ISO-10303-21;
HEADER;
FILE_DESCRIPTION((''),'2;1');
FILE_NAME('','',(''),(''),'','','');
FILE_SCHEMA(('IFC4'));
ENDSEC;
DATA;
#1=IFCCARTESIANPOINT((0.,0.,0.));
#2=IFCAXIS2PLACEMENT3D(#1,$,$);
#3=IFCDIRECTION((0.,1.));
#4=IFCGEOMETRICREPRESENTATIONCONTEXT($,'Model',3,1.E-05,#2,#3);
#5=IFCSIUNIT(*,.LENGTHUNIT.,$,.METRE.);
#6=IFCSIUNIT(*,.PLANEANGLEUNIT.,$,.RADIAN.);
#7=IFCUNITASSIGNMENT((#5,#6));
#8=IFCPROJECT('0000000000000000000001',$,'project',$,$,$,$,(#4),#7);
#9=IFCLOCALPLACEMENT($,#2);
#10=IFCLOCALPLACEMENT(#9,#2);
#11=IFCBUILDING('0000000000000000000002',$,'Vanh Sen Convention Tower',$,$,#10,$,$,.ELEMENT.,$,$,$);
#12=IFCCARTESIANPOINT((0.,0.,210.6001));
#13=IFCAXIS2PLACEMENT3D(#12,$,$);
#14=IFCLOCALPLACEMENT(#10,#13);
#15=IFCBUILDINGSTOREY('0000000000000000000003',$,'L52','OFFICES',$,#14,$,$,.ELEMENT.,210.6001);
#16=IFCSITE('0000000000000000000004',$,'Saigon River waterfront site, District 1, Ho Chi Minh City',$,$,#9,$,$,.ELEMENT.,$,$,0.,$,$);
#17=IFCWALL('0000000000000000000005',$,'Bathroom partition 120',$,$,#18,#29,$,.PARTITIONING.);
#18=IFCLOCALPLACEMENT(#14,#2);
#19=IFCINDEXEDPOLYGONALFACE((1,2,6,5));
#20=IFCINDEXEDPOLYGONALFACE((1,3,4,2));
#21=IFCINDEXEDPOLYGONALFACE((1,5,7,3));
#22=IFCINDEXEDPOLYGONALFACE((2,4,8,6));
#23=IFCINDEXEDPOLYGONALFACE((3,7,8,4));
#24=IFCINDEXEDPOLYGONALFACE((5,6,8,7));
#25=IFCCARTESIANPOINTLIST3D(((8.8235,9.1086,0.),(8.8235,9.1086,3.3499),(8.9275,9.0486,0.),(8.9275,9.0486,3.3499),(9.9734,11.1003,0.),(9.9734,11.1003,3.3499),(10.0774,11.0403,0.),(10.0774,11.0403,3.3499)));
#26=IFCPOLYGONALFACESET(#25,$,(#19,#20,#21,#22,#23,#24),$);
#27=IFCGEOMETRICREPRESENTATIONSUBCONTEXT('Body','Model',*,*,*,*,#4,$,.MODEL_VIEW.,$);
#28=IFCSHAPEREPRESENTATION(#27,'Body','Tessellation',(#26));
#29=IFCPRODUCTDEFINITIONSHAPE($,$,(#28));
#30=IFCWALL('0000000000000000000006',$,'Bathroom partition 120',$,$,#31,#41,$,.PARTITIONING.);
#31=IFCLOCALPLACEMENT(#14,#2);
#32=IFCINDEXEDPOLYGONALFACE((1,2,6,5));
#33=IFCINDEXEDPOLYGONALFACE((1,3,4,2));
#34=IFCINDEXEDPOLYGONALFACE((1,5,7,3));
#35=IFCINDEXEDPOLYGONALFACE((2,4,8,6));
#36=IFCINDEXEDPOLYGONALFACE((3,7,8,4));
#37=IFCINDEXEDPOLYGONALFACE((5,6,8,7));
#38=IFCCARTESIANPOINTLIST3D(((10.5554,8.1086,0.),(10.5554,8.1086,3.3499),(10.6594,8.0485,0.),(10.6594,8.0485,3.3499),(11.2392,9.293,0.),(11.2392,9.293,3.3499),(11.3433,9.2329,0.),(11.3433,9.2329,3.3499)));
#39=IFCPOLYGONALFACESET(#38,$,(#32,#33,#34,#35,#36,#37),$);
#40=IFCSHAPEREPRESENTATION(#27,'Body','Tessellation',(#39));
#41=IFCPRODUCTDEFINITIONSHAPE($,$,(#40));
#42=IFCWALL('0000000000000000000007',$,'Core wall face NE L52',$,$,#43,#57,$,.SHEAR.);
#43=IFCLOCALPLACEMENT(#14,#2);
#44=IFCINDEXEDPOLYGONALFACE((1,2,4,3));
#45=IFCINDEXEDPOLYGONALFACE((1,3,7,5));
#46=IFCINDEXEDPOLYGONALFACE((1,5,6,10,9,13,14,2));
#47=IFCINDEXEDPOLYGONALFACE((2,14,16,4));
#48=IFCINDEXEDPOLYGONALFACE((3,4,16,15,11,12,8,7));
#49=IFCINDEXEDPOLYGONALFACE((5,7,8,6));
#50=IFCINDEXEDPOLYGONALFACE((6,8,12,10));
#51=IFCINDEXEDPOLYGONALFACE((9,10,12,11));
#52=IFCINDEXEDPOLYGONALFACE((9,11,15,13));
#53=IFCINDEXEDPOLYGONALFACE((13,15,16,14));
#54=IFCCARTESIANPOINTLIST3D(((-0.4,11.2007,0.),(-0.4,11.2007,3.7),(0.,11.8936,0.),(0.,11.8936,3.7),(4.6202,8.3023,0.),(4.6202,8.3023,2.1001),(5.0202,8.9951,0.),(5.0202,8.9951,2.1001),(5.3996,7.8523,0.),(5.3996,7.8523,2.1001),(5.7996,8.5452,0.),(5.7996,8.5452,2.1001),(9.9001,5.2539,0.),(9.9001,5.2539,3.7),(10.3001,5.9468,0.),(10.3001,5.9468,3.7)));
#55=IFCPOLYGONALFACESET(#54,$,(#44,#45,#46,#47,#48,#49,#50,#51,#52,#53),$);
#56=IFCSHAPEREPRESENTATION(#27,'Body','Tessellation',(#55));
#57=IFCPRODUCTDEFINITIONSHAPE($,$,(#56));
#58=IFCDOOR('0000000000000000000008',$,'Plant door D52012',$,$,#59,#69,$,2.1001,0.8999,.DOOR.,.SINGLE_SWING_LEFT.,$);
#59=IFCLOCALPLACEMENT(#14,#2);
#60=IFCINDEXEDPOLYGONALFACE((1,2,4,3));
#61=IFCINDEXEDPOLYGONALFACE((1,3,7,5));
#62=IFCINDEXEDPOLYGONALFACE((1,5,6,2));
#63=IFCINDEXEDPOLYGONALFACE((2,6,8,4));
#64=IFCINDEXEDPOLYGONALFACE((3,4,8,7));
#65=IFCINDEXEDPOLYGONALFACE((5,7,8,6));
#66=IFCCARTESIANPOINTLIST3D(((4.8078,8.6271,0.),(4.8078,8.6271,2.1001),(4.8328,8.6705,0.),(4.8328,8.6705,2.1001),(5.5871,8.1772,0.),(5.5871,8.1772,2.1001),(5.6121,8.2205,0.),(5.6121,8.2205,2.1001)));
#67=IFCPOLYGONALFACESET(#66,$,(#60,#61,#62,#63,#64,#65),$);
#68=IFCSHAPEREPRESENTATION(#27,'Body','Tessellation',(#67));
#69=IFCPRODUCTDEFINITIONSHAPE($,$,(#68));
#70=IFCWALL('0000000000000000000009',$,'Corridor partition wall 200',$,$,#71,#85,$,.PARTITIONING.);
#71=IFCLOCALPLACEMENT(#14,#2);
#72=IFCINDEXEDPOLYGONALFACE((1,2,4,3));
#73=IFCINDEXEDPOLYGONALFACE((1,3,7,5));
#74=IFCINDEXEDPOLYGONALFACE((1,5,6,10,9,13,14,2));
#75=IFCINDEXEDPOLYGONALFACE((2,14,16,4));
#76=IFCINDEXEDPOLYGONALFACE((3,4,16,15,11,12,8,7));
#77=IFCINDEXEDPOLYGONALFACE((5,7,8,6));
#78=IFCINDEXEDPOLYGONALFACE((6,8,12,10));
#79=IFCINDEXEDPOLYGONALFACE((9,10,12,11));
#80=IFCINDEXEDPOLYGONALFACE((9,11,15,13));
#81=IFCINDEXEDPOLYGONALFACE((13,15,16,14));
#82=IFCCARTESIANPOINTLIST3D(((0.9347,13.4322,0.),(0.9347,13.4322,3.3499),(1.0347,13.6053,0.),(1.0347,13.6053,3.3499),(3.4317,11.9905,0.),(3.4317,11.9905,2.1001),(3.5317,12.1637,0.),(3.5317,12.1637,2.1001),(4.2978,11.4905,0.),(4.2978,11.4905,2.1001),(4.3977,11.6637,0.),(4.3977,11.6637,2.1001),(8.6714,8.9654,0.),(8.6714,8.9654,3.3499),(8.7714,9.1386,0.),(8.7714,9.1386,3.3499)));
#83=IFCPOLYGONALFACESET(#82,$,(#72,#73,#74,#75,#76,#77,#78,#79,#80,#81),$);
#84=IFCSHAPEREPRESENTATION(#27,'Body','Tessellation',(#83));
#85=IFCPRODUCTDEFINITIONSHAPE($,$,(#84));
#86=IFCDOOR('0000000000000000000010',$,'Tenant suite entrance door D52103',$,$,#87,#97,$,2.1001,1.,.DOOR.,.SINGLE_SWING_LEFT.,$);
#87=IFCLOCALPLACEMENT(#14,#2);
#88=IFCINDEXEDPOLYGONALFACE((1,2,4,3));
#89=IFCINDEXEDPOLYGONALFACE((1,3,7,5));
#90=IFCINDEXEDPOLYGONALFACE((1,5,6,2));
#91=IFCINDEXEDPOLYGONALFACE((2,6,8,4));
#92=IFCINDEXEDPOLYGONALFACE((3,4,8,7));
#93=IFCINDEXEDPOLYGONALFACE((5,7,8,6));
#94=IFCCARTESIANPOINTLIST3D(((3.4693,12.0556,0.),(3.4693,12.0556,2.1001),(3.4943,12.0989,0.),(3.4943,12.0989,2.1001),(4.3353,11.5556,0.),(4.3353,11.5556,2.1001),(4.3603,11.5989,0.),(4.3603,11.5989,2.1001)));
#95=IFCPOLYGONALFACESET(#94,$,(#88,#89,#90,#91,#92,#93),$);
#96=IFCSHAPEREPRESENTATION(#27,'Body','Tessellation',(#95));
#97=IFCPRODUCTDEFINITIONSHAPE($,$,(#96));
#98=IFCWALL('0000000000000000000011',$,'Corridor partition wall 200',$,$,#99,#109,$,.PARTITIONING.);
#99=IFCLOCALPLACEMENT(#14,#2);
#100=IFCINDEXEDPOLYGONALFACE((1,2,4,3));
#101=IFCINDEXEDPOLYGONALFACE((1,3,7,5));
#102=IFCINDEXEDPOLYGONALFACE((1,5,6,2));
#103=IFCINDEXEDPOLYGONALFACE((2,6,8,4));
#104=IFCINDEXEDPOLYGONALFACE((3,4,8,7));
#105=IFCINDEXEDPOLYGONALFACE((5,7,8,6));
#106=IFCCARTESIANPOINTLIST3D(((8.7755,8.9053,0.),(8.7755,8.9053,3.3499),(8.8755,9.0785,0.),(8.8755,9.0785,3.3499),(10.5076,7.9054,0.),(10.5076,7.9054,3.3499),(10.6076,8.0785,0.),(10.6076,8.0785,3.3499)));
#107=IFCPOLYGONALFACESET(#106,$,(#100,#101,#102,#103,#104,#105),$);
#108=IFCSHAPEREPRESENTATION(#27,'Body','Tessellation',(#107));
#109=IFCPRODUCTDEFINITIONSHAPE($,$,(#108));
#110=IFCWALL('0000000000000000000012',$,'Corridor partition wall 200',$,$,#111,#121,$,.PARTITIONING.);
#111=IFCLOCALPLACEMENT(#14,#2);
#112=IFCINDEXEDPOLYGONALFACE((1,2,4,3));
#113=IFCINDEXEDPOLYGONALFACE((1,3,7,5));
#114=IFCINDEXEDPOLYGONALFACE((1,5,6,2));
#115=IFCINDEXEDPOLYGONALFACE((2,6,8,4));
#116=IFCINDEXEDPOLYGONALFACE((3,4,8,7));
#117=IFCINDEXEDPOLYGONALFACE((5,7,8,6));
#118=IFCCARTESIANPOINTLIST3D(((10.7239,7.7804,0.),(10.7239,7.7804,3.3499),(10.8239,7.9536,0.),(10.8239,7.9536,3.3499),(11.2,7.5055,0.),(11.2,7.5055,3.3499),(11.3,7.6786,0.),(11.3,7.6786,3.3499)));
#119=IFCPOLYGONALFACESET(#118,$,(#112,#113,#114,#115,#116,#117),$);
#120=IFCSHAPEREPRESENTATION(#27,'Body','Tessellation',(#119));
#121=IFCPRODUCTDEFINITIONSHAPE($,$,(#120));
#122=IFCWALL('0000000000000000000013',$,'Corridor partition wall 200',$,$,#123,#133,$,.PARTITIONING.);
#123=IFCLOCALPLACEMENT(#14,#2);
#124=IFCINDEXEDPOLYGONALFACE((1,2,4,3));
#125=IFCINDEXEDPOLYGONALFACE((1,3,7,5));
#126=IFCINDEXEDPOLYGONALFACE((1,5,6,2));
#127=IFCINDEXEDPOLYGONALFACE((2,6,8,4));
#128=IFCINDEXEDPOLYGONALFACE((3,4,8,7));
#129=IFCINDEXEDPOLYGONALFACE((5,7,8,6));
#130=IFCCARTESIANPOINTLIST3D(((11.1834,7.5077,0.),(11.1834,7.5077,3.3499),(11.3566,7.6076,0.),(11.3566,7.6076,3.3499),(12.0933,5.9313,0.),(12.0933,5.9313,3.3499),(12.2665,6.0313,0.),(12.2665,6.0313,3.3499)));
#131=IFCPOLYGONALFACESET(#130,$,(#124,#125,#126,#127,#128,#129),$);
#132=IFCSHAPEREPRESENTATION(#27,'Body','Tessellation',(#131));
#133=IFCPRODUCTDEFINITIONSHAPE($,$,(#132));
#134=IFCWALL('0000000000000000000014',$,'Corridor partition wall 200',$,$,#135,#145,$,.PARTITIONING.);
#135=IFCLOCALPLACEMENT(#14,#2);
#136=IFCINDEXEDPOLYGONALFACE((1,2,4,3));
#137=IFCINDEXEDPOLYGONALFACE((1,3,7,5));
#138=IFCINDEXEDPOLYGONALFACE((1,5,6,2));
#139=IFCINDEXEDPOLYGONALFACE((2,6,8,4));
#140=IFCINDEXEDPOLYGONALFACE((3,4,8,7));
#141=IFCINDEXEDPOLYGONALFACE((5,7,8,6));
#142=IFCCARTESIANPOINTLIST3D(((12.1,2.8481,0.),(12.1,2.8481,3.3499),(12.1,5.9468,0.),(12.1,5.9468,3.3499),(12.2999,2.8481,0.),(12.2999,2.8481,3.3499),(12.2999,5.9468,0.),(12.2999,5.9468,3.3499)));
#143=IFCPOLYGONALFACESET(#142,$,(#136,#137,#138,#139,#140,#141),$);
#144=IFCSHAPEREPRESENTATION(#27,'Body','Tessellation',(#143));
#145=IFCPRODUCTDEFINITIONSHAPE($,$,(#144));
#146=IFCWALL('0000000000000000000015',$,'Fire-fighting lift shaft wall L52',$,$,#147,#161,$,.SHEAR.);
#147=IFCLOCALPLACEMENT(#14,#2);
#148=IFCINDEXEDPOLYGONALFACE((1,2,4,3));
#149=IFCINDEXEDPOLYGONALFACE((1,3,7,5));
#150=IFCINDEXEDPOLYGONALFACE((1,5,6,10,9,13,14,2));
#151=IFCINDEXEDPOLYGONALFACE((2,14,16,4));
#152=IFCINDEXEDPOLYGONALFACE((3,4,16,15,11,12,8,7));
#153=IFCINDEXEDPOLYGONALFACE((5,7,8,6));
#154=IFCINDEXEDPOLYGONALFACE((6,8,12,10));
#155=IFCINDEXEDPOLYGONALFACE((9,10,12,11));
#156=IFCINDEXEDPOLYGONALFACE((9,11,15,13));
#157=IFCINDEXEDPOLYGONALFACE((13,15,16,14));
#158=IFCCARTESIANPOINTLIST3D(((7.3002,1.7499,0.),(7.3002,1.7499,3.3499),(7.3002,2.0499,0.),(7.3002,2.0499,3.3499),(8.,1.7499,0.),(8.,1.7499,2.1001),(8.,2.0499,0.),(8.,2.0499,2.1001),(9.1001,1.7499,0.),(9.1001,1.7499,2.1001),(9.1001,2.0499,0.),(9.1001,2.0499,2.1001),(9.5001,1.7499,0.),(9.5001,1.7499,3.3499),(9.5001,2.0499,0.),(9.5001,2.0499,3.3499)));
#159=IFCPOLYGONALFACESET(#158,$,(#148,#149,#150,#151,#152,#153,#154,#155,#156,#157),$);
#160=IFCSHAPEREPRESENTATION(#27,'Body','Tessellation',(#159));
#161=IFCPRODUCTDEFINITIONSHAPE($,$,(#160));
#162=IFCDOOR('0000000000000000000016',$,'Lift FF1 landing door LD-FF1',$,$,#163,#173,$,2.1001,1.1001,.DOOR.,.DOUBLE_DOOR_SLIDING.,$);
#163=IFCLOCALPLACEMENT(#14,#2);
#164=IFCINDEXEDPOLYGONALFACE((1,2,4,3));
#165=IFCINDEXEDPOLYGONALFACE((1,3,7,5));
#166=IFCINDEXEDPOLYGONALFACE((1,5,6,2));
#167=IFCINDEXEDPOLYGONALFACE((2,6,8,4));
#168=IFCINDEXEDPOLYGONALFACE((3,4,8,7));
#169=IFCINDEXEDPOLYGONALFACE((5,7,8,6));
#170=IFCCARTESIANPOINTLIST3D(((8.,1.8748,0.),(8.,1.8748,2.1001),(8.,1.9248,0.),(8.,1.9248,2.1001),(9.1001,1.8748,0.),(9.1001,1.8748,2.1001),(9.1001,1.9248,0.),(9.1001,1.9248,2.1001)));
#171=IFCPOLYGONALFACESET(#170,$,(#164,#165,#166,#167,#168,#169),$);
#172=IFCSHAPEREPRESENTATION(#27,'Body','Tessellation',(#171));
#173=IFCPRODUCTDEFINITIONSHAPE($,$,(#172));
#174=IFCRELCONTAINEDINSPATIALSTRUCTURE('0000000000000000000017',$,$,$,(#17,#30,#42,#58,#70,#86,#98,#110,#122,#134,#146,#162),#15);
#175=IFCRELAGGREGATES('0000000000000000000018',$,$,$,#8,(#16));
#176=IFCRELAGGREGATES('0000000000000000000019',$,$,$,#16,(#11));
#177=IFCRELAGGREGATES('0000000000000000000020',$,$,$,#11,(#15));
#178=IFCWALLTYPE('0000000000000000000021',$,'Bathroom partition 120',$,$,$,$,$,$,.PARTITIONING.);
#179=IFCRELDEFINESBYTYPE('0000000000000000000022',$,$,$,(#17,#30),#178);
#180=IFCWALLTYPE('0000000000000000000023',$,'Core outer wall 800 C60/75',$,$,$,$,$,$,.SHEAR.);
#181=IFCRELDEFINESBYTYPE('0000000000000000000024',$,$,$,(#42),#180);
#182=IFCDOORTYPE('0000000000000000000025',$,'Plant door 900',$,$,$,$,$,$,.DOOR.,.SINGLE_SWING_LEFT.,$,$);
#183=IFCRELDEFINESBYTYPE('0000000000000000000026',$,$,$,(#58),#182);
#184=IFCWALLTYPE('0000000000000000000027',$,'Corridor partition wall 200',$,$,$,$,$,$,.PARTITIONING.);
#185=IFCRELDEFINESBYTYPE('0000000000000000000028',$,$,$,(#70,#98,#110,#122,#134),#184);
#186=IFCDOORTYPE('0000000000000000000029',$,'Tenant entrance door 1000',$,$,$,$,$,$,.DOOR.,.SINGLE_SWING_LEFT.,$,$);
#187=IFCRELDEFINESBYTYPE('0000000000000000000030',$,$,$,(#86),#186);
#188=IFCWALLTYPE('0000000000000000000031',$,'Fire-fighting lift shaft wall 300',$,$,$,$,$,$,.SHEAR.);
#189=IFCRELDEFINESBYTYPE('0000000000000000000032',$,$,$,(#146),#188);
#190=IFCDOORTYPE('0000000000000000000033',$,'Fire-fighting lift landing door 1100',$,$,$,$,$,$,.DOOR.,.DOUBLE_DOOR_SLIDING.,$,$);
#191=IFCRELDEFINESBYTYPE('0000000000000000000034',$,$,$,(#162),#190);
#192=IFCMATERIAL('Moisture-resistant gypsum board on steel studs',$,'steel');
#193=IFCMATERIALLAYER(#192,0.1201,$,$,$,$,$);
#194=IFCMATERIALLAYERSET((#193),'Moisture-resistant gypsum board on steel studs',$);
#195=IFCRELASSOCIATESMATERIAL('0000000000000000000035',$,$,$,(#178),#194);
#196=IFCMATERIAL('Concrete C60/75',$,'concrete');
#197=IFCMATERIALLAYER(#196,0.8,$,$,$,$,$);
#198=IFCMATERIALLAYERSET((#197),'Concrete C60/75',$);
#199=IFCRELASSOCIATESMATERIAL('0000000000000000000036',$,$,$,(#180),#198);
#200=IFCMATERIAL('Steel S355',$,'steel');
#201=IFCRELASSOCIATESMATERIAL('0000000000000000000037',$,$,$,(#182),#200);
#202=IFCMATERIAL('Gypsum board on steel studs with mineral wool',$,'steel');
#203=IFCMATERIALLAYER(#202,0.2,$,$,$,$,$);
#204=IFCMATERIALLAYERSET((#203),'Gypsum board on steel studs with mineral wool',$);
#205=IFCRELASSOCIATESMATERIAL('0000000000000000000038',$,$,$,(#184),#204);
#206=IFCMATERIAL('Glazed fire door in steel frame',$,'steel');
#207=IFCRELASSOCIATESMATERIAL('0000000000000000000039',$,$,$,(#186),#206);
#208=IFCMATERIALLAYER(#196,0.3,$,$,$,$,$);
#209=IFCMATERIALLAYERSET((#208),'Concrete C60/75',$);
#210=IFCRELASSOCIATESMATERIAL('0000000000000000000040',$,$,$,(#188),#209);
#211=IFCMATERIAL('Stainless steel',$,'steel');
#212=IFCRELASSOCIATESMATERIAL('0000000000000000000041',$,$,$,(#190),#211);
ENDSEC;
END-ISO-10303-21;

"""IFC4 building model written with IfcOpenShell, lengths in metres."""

from ifc_helpers import new_model, si_unit, direction, frame, frame_2d, origin, place, context, subcontext, project, spatial, rectangle, extrude, material, layer, layer_set, type_object, element, fill, save


model = new_model("IFC4")

# Units and contexts
model_context = context("Model", 3, precision=1e-05, world=origin(), true_north=direction((0.0, 1.0)))
body_context = subcontext(model_context, "Body", "Model", "MODEL_VIEW")
ifc_project = project(units=[si_unit("LENGTHUNIT", "METRE"), si_unit("PLANEANGLEUNIT", "RADIAN")], contexts=[model_context])

# Site, building, storey
site_placement = place(None, origin())
site = spatial("IfcSite", under=ifc_project, at=site_placement, Name="Saigon River waterfront site, District 1, Ho Chi Minh City", CompositionType="ELEMENT", RefElevation=0.0)
building_placement = place(site_placement, origin())
building = spatial("IfcBuilding", under=site, at=building_placement, Name="Vanh Sen Convention Tower", CompositionType="ELEMENT")
storey_placement = place(building_placement, frame((0.0, 0.0, 210.6001)))
storey = spatial("IfcBuildingStorey", under=building, at=storey_placement, Name="L52", Description="OFFICES", CompositionType="ELEMENT", Elevation=210.6001)

# Walls
ifc_material_1 = material(Name="Moisture-resistant gypsum board on steel studs", Category="steel")
ifc_layer_1 = layer(ifc_material_1, 0.1201)
ifc_layer_set_1 = layer_set([ifc_layer_1], Name="Moisture-resistant gypsum board on steel studs")
wall_type_1 = type_object("IfcWallType", Name="Bathroom partition 120", PredefinedType="PARTITIONING", material=ifc_layer_set_1)
wall_1_placement = place(storey_placement, frame((8.8755, 9.0786, 0.0), z_axis=(0.0, 0.0, 1.0), x_axis=(0.499998, 0.866026, 0.0)))
element("IfcWall", 1, at=wall_1_placement, inside=storey, type_object=wall_type_1, Name="Bathroom partition 120", PredefinedType="PARTITIONING", context=body_context, shape_type="SweptSolid", body=[
    extrude(rectangle(XDim=2.2998, YDim=0.1201, at=frame_2d((1.1499, 0.0))), origin(), (0.0, 0.0, 1.0), 3.3499),
])
wall_2_placement = place(storey_placement, frame((11.2913, 9.2629, 0.0), z_axis=(0.0, 0.0, 1.0), x_axis=(-0.500037, -0.866004, 0.0)))
element("IfcWall", 2, at=wall_2_placement, inside=storey, type_object=wall_type_1, Name="Bathroom partition 120", PredefinedType="PARTITIONING", context=body_context, shape_type="SweptSolid", body=[
    extrude(rectangle(XDim=1.3677, YDim=0.1201, at=frame_2d((0.6838, 0.0))), origin(), (0.0, 0.0, 1.0), 3.3499),
])

# Walls, openings, doors
ifc_material_2 = material(Name="Concrete C60/75", Category="concrete")
ifc_layer_2 = layer(ifc_material_2, 0.8)
ifc_layer_set_2 = layer_set([ifc_layer_2], Name="Concrete C60/75")
wall_type_2 = type_object("IfcWallType", Name="Core outer wall 800 C60/75", PredefinedType="SHEAR", material=ifc_layer_set_2)
wall_3_placement = place(storey_placement, frame((10.1001, 5.6003, 0.0), z_axis=(0.0, 0.0, 1.0), x_axis=(-0.866024, 0.500003, 0.0)))
wall_3 = element("IfcWall", 3, at=wall_3_placement, inside=storey, type_object=wall_type_2, Name="Core wall face NE L52", PredefinedType="SHEAR", context=body_context, shape_type="SweptSolid", body=[
    extrude(rectangle(XDim=11.8936, YDim=0.8, at=frame_2d((5.9468, 0.0))), origin(), (0.0, 0.0, 1.0), 3.7),
])
opening_1_placement = place(wall_3_placement, frame((5.1968, 0.0, 0.0)))
opening_1 = element("IfcOpeningElement", 4, at=opening_1_placement, cuts=wall_3, PredefinedType="OPENING", context=body_context, shape_type="SweptSolid", body=[
    extrude(rectangle(XDim=0.8999, YDim=2.1001, at=frame_2d((0.45, 1.05))), frame((0.0, 0.4099, 0.0), z_axis=(0.0, -1.0, 0.0), x_axis=(1.0, 0.0, 0.0)), (0.0, 0.0, 1.0), 0.8201),
])
ifc_material_3 = material(Name="Steel S355", Category="steel")
door_type_1 = type_object("IfcDoorType", Name="Plant door 900", OperationType="SINGLE_SWING_LEFT", PredefinedType="DOOR", material=ifc_material_3)
door_1_placement = place(opening_1_placement, origin())
door_1 = element("IfcDoor", 5, at=door_1_placement, inside=storey, type_object=door_type_1, Name="Plant door D52012", OperationType="SINGLE_SWING_LEFT", OverallHeight=2.1001, OverallWidth=0.8999, PredefinedType="DOOR", context=body_context, shape_type="SweptSolid", body=[
    extrude(rectangle(XDim=0.8999, YDim=2.1001, at=frame_2d((0.45, 1.05))), frame((0.0, 0.0249, 0.0), z_axis=(0.0, -1.0, 0.0), x_axis=(1.0, 0.0, 0.0)), (0.0, 0.0, 1.0), 0.05),
])
fill(opening_1, door_1)
ifc_material_4 = material(Name="Gypsum board on steel studs with mineral wool", Category="steel")
ifc_layer_3 = layer(ifc_material_4, 0.2)
ifc_layer_set_3 = layer_set([ifc_layer_3], Name="Gypsum board on steel studs with mineral wool")
wall_type_3 = type_object("IfcWallType", Name="Corridor partition wall 200", PredefinedType="PARTITIONING", material=ifc_layer_set_3)
wall_4_placement = place(storey_placement, frame((8.7214, 9.052, 0.0), z_axis=(0.0, 0.0, 1.0), x_axis=(-0.866028, 0.499995, 0.0)))
wall_4 = element("IfcWall", 6, at=wall_4_placement, inside=storey, type_object=wall_type_3, Name="Corridor partition wall 200", PredefinedType="PARTITIONING", context=body_context, shape_type="SweptSolid", body=[
    extrude(rectangle(XDim=8.9336, YDim=0.2, at=frame_2d((4.4668, 0.0))), origin(), (0.0, 0.0, 1.0), 3.3499),
])
opening_2_placement = place(wall_4_placement, frame((5.0503, 0.0, 0.0)))
opening_2 = element("IfcOpeningElement", 7, at=opening_2_placement, cuts=wall_4, PredefinedType="OPENING", context=body_context, shape_type="SweptSolid", body=[
    extrude(rectangle(XDim=1.0, YDim=2.1001, at=frame_2d((0.5, 1.05))), frame((0.0, 0.1099, 0.0), z_axis=(0.0, -1.0, 0.0), x_axis=(1.0, 0.0, 0.0)), (0.0, 0.0, 1.0), 0.22),
])
ifc_material_5 = material(Name="Glazed fire door in steel frame", Category="steel")
door_type_2 = type_object("IfcDoorType", Name="Tenant entrance door 1000", OperationType="SINGLE_SWING_LEFT", PredefinedType="DOOR", material=ifc_material_5)
door_2_placement = place(opening_2_placement, origin())
door_2 = element("IfcDoor", 8, at=door_2_placement, inside=storey, type_object=door_type_2, Name="Tenant suite entrance door D52103", OperationType="SINGLE_SWING_LEFT", OverallHeight=2.1001, OverallWidth=1.0, PredefinedType="DOOR", context=body_context, shape_type="SweptSolid", body=[
    extrude(rectangle(XDim=1.0, YDim=2.1001, at=frame_2d((0.5, 1.05))), frame((0.0, 0.0249, 0.0), z_axis=(0.0, -1.0, 0.0), x_axis=(1.0, 0.0, 0.0)), (0.0, 0.0, 1.0), 0.05),
])
fill(opening_2, door_2)

# Walls
wall_5_placement = place(storey_placement, frame((10.5576, 7.9919, 0.0), z_axis=(0.0, 0.0, 1.0), x_axis=(-0.866041, 0.499973, 0.0)))
element("IfcWall", 9, at=wall_5_placement, inside=storey, type_object=wall_type_3, Name="Corridor partition wall 200", PredefinedType="PARTITIONING", context=body_context, shape_type="SweptSolid", body=[
    extrude(rectangle(XDim=2.0, YDim=0.2, at=frame_2d((1.0, 0.0))), origin(), (0.0, 0.0, 1.0), 3.3499),
])
wall_6_placement = place(storey_placement, frame((11.25, 7.592, 0.0), z_axis=(0.0, 0.0, 1.0), x_axis=(-0.865993, 0.500056, 0.0)))
element("IfcWall", 10, at=wall_6_placement, inside=storey, type_object=wall_type_3, Name="Corridor partition wall 200", PredefinedType="PARTITIONING", context=body_context, shape_type="SweptSolid", body=[
    extrude(rectangle(XDim=0.5498, YDim=0.2, at=frame_2d((0.2749, 0.0))), origin(), (0.0, 0.0, 1.0), 3.3499),
])
wall_7_placement = place(storey_placement, frame((12.1799, 5.9812, 0.0), z_axis=(0.0, 0.0, 1.0), x_axis=(-0.499904, 0.866081, 0.0)))
element("IfcWall", 11, at=wall_7_placement, inside=storey, type_object=wall_type_3, Name="Corridor partition wall 200", PredefinedType="PARTITIONING", context=body_context, shape_type="SweptSolid", body=[
    extrude(rectangle(XDim=1.8201, YDim=0.2, at=frame_2d((0.9102, 0.0))), origin(), (0.0, 0.0, 1.0), 3.3499),
])
wall_8_placement = place(storey_placement, frame((12.2, 2.8481, 0.0), z_axis=(0.0, 0.0, 1.0), x_axis=(0.0, 1.0, 0.0)))
element("IfcWall", 12, at=wall_8_placement, inside=storey, type_object=wall_type_3, Name="Corridor partition wall 200", PredefinedType="PARTITIONING", context=body_context, shape_type="SweptSolid", body=[
    extrude(rectangle(XDim=3.0986, YDim=0.2, at=frame_2d((1.5493, 0.0))), origin(), (0.0, 0.0, 1.0), 3.3499),
])

# Wall, opening, door
ifc_layer_4 = layer(ifc_material_2, 0.3)
ifc_layer_set_4 = layer_set([ifc_layer_4], Name="Concrete C60/75")
wall_type_4 = type_object("IfcWallType", Name="Fire-fighting lift shaft wall 300", PredefinedType="SHEAR", material=ifc_layer_set_4)
wall_9_placement = place(storey_placement, frame((7.3, 1.8999, 0.0), z_axis=(0.0, 0.0, 1.0), x_axis=(1.0, 0.0, 0.0)))
wall_9 = element("IfcWall", 13, at=wall_9_placement, inside=storey, type_object=wall_type_4, Name="Fire-fighting lift shaft wall L52", PredefinedType="SHEAR", context=body_context, shape_type="SweptSolid", body=[
    extrude(rectangle(XDim=2.2, YDim=0.3, at=frame_2d((1.1001, 0.0))), origin(), (0.0, 0.0, 1.0), 3.3499),
])
opening_3_placement = place(wall_9_placement, frame((0.7, 0.0, 0.0)))
opening_3 = element("IfcOpeningElement", 14, at=opening_3_placement, cuts=wall_9, PredefinedType="OPENING", context=body_context, shape_type="SweptSolid", body=[
    extrude(rectangle(XDim=1.1001, YDim=2.1001, at=frame_2d((0.55, 1.05))), frame((0.0, 0.1599, 0.0), z_axis=(0.0, -1.0, 0.0), x_axis=(1.0, 0.0, 0.0)), (0.0, 0.0, 1.0), 0.3201),
])
ifc_material_6 = material(Name="Stainless steel", Category="steel")
door_type_3 = type_object("IfcDoorType", Name="Fire-fighting lift landing door 1100", OperationType="DOUBLE_DOOR_SLIDING", PredefinedType="DOOR", material=ifc_material_6)
door_3_placement = place(opening_3_placement, origin())
door_3 = element("IfcDoor", 15, at=door_3_placement, inside=storey, type_object=door_type_3, Name="Lift FF1 landing door LD-FF1", OperationType="DOUBLE_DOOR_SLIDING", OverallHeight=2.1001, OverallWidth=1.1001, PredefinedType="DOOR", context=body_context, shape_type="SweptSolid", body=[
    extrude(rectangle(XDim=1.1001, YDim=2.1001, at=frame_2d((0.55, 1.05))), frame((0.0, 0.0249, 0.0), z_axis=(0.0, -1.0, 0.0), x_axis=(1.0, 0.0, 0.0)), (0.0, 0.0, 1.0), 0.05),
])
fill(opening_3, door_3)

save(model, "model.ifc")
